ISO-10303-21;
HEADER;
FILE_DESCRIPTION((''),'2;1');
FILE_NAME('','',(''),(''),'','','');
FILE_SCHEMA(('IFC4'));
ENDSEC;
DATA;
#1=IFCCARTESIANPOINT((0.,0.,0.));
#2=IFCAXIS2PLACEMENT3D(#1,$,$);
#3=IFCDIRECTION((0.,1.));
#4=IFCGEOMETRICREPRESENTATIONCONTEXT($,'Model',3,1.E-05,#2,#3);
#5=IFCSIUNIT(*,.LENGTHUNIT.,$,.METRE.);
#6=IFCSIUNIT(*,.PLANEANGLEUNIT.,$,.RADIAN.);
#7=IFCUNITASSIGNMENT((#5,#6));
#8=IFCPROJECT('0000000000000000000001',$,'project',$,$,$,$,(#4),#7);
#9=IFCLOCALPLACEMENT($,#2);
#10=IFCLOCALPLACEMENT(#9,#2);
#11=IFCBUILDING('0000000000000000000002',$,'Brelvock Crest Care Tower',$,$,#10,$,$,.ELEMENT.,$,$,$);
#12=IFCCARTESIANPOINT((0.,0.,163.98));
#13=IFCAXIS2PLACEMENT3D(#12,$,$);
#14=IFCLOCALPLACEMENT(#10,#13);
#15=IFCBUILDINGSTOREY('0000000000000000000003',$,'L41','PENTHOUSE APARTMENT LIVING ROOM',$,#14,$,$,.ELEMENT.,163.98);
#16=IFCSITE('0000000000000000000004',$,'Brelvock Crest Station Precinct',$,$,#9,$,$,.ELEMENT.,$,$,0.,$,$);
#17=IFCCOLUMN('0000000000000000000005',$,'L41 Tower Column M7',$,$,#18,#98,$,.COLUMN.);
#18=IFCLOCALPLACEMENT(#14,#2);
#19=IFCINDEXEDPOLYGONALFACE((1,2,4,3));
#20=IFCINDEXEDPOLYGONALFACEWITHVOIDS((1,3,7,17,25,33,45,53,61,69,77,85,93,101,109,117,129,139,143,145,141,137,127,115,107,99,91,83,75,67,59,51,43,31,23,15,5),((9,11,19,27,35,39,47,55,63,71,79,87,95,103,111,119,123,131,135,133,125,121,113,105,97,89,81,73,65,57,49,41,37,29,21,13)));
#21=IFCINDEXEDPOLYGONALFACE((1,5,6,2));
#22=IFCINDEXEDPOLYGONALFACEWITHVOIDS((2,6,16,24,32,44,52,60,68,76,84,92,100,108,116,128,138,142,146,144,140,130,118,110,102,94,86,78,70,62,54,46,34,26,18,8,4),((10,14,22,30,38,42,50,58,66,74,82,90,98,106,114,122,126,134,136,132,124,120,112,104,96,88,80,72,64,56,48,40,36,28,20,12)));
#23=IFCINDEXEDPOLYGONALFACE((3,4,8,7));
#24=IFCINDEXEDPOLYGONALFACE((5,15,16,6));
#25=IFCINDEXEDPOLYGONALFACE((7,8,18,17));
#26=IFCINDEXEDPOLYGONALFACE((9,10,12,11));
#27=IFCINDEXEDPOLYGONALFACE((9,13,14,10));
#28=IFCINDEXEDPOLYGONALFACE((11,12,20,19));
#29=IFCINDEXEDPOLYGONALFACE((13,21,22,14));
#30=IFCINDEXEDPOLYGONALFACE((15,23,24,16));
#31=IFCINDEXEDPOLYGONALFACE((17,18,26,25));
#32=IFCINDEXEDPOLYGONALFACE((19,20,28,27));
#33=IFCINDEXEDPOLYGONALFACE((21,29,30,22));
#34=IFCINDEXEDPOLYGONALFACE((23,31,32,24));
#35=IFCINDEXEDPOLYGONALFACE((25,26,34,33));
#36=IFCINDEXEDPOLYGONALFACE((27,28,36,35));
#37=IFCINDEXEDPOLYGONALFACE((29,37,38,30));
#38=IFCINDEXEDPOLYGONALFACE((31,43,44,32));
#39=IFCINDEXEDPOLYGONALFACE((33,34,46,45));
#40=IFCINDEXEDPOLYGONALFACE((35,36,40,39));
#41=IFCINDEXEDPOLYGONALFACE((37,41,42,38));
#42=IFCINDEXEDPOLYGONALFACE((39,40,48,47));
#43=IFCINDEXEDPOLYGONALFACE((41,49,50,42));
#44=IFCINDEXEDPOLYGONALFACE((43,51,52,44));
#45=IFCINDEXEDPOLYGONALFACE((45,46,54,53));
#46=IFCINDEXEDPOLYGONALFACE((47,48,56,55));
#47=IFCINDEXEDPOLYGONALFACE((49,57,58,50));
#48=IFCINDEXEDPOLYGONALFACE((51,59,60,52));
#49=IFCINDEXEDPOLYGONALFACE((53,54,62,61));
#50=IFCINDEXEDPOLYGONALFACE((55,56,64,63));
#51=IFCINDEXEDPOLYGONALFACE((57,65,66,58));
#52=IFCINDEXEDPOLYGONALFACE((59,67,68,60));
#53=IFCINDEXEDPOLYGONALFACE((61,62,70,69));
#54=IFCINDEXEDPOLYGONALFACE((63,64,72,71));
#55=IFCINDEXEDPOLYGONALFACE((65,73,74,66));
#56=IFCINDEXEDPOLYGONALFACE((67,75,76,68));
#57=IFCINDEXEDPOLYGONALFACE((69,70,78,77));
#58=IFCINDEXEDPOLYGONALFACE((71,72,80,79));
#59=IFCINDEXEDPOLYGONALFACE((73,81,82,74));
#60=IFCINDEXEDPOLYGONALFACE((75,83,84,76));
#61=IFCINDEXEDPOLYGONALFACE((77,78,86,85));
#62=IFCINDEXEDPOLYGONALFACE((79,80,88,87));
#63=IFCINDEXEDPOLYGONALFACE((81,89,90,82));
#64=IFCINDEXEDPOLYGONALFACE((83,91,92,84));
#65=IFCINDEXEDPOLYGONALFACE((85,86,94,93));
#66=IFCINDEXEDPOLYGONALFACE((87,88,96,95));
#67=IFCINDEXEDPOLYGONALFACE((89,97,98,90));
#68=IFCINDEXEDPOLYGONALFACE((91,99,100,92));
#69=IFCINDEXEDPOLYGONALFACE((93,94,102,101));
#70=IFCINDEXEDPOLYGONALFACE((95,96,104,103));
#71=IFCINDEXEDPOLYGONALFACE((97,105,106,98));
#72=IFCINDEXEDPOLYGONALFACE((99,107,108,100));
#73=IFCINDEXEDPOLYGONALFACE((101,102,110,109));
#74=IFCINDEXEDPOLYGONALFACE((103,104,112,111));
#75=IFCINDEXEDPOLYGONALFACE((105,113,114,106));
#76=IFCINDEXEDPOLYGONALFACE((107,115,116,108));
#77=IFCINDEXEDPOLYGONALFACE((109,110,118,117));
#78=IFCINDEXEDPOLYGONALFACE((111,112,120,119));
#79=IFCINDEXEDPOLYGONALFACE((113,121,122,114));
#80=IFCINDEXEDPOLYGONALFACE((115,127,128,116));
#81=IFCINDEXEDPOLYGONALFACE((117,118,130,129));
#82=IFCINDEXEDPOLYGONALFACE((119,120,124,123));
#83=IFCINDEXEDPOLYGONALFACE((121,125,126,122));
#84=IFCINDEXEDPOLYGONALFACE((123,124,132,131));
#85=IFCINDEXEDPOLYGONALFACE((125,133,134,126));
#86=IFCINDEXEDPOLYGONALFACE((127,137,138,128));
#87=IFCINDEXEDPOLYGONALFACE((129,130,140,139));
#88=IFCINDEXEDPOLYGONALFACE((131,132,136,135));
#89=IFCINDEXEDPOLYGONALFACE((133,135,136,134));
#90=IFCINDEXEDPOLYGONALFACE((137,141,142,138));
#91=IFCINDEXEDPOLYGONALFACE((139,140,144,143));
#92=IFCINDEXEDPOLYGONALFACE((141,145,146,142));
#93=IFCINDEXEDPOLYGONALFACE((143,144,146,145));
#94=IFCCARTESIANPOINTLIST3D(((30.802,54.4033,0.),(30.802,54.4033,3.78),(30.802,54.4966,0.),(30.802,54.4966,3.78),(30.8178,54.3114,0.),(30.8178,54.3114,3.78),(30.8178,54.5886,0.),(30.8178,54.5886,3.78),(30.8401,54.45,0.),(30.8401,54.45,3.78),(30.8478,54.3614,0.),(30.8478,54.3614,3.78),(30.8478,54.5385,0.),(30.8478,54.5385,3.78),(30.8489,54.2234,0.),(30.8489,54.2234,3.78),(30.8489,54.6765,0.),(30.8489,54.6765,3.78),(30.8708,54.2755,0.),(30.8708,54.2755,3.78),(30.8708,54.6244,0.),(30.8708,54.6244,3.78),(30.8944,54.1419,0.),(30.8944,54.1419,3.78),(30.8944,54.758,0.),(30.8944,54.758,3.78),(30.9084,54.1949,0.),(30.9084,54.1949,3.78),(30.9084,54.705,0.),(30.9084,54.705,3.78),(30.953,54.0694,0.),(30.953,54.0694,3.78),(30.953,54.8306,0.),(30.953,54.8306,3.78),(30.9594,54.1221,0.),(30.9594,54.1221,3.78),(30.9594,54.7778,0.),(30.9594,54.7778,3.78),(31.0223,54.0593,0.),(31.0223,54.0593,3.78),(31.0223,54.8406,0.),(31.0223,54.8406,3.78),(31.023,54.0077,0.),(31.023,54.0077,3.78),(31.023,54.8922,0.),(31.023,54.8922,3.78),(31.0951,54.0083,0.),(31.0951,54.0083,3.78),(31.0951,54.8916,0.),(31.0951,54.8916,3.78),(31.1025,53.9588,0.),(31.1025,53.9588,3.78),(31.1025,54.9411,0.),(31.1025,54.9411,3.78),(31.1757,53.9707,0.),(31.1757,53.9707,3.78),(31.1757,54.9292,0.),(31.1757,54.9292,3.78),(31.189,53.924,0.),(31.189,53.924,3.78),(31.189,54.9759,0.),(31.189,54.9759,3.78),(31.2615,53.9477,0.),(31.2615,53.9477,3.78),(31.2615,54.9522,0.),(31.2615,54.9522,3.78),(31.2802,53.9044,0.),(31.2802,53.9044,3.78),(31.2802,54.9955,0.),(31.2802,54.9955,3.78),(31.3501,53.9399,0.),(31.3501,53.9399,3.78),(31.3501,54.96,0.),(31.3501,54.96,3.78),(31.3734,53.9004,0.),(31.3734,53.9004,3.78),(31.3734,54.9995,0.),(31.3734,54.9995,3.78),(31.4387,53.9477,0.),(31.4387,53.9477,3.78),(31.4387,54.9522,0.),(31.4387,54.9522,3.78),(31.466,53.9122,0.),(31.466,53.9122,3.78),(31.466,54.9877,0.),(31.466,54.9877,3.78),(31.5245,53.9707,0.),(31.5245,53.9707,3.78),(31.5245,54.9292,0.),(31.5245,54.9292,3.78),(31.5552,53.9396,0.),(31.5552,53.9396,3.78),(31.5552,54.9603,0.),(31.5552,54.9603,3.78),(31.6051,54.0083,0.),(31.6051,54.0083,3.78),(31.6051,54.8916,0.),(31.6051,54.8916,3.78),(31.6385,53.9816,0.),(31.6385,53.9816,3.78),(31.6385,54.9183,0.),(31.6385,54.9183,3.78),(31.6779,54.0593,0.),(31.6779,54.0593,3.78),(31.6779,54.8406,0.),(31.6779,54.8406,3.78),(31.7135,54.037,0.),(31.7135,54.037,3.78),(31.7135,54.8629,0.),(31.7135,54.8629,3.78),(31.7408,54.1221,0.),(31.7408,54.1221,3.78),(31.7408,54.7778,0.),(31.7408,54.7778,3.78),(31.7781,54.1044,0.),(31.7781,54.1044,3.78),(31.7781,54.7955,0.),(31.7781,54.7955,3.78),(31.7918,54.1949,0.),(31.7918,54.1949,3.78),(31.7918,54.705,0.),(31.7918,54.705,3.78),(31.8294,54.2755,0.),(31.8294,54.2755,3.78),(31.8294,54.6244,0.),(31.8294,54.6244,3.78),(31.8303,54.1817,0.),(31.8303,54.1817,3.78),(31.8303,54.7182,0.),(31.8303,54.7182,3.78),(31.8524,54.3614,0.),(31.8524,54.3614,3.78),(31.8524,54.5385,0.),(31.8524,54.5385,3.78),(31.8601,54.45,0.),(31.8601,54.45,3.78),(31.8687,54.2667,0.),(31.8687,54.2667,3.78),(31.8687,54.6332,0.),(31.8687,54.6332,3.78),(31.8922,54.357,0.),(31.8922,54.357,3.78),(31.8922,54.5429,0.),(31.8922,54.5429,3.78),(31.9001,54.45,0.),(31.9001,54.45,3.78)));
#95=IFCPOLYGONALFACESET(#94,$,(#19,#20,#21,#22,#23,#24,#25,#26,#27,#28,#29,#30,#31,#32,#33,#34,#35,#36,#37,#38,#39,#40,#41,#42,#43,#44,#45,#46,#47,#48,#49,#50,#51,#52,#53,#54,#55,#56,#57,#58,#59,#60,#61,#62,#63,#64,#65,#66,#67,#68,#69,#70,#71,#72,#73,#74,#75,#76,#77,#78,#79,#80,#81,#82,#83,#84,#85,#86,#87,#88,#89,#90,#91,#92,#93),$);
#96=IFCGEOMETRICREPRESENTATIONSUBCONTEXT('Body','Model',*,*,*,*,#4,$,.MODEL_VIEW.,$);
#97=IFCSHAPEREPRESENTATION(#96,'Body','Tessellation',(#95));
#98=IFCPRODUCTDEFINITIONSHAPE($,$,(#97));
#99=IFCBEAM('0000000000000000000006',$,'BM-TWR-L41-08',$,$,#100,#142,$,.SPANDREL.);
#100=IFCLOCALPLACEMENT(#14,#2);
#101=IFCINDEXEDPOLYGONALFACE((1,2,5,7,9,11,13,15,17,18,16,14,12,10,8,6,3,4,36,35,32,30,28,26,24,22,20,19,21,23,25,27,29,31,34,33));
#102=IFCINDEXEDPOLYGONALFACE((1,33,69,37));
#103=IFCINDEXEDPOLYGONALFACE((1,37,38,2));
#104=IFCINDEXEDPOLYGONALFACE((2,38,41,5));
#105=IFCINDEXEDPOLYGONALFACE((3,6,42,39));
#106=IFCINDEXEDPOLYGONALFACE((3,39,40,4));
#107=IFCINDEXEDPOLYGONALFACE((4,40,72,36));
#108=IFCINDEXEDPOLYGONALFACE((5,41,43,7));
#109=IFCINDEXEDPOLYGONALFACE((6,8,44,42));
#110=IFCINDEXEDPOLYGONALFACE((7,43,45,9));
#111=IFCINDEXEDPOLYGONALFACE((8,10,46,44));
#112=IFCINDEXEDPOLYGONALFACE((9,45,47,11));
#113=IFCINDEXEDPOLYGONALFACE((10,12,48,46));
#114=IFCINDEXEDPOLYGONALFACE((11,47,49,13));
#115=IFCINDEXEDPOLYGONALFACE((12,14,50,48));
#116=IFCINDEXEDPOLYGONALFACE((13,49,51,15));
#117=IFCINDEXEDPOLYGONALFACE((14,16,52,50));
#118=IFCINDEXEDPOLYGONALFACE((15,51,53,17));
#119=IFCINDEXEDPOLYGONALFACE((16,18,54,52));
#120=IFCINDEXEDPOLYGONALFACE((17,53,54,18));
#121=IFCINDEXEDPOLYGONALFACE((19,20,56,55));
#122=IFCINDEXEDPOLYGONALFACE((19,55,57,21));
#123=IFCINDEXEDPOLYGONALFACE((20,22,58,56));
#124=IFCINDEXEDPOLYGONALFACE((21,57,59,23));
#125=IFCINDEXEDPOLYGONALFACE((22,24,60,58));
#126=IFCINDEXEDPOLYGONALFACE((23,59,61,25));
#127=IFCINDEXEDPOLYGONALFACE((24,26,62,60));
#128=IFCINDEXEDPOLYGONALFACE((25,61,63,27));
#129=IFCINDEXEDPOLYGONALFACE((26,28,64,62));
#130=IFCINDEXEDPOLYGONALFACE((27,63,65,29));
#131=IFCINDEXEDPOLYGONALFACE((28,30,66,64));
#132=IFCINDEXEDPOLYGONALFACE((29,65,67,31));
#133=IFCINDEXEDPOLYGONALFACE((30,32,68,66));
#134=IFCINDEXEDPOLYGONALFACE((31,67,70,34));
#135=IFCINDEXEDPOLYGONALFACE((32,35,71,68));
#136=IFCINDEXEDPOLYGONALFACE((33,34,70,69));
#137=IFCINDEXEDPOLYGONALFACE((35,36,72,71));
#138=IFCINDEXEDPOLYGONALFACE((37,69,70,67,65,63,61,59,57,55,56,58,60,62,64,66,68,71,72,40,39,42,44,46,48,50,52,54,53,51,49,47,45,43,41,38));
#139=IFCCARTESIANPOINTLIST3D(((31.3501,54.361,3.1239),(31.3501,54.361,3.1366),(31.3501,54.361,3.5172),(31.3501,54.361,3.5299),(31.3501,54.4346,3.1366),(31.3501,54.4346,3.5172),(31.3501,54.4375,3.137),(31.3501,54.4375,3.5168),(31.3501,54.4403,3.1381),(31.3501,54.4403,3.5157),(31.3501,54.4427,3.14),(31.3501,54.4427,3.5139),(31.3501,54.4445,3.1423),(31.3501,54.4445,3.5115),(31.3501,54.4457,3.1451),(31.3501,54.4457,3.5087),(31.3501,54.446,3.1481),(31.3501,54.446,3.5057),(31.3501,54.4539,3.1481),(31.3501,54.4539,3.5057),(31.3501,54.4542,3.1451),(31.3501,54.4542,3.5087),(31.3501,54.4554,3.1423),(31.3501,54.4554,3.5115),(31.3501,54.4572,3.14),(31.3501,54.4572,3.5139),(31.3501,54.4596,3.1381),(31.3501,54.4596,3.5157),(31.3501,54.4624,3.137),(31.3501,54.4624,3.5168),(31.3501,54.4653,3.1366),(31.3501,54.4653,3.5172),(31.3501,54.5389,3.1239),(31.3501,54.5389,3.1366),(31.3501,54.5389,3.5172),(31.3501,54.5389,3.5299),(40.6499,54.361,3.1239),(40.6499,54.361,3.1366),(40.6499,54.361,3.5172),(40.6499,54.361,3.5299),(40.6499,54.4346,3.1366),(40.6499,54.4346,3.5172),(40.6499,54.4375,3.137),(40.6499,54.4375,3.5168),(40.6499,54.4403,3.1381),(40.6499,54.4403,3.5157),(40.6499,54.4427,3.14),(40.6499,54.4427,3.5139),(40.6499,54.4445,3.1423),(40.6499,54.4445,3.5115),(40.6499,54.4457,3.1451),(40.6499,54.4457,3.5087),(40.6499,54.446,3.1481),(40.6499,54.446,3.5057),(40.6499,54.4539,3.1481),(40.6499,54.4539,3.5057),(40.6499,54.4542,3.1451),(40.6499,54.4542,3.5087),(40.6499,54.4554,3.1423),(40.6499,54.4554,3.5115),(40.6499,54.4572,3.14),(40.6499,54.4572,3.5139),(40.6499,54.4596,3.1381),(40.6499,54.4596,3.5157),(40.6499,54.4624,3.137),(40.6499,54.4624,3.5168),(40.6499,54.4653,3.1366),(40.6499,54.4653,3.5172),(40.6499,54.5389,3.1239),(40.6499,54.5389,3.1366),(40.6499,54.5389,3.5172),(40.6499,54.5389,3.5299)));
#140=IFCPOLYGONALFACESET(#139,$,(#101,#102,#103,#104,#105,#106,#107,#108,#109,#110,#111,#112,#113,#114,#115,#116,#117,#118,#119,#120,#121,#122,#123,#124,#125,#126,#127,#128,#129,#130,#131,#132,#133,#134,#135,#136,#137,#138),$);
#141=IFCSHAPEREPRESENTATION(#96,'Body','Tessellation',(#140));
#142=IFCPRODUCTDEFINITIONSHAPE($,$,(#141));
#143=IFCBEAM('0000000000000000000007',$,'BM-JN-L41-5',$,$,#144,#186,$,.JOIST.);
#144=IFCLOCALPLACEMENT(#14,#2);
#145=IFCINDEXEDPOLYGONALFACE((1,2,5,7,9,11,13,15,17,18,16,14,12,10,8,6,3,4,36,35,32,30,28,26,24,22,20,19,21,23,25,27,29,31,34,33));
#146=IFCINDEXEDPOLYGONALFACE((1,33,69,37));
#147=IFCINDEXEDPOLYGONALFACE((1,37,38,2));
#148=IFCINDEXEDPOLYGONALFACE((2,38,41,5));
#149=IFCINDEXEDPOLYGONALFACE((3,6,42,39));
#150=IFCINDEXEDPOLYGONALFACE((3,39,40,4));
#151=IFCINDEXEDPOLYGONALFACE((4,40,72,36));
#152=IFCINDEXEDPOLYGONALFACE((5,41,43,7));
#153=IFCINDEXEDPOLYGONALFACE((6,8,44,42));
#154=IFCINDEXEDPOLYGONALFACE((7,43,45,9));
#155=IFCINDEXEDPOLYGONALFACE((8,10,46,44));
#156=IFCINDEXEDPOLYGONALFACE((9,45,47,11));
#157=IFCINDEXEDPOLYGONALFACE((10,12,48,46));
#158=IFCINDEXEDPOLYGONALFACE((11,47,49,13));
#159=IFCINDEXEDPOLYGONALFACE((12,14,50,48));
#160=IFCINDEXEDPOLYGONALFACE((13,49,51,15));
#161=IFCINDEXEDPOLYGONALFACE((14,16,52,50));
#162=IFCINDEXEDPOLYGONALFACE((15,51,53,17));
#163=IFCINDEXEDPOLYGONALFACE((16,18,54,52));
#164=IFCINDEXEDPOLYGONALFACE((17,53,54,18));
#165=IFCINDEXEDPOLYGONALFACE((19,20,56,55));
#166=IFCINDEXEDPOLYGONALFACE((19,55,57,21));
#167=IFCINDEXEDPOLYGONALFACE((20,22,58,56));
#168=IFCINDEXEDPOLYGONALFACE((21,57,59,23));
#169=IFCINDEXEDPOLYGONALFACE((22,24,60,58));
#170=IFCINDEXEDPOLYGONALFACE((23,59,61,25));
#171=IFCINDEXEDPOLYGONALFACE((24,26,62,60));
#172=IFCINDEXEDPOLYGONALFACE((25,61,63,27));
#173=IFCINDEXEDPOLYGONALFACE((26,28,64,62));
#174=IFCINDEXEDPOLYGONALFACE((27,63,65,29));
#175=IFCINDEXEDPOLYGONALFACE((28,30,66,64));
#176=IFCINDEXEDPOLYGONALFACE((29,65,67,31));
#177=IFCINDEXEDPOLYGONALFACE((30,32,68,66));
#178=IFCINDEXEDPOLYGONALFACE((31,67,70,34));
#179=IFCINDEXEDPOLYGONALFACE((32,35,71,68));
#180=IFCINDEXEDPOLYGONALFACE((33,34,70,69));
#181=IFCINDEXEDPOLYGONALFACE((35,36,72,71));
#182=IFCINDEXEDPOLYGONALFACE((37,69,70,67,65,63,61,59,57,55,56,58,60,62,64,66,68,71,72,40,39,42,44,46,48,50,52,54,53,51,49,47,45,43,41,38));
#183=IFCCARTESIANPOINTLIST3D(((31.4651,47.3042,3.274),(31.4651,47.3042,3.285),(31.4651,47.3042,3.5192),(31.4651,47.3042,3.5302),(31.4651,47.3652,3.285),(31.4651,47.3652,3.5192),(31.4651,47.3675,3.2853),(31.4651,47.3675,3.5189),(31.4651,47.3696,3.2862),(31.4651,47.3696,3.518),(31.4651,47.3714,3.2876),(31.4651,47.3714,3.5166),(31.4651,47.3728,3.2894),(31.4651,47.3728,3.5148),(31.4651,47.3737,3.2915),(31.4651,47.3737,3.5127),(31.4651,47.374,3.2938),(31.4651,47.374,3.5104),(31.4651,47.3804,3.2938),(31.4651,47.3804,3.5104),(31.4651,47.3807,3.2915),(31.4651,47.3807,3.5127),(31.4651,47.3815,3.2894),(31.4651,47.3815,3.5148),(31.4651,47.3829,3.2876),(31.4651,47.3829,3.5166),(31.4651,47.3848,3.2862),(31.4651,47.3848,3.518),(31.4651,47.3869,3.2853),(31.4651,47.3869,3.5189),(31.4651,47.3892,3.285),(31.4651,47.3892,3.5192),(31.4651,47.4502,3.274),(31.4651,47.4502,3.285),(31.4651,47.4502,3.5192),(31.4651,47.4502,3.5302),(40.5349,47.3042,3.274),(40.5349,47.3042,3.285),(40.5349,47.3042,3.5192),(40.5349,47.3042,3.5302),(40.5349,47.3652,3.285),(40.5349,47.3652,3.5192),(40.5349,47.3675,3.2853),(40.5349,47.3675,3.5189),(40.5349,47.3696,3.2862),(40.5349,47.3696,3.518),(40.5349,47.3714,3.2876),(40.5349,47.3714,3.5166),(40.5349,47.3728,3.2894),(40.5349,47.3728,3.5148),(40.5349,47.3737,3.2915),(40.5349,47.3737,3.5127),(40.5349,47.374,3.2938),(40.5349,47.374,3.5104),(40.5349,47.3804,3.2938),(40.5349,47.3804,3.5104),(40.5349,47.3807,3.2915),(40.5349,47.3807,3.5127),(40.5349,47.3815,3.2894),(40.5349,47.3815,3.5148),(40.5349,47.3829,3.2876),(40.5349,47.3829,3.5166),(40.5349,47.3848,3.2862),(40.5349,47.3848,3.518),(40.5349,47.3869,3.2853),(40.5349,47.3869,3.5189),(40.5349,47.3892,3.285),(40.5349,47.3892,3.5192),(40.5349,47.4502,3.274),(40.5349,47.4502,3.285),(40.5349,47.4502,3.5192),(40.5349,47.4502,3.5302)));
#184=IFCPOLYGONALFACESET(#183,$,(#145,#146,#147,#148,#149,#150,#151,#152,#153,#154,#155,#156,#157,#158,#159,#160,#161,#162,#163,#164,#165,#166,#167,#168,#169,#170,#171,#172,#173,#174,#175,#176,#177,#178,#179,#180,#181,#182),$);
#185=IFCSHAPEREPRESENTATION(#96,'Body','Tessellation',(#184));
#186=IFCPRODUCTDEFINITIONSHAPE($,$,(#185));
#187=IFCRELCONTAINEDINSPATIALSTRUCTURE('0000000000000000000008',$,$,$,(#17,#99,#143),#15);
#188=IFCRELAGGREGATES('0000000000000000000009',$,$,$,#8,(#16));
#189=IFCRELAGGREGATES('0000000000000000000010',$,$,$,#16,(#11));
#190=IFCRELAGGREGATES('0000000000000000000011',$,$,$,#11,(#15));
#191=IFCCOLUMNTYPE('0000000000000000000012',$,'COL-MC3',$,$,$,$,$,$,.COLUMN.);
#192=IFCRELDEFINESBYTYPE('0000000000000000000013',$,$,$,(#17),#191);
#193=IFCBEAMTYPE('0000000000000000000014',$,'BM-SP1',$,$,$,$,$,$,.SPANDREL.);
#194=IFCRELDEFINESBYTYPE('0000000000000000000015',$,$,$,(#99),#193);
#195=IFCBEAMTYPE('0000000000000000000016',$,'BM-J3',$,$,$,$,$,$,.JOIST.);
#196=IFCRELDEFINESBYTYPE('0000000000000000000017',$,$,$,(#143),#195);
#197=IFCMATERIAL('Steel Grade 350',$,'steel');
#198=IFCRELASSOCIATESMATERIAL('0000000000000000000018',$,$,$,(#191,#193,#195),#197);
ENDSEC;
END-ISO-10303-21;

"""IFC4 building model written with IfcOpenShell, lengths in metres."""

from ifc_helpers import new_model, si_unit, direction, frame, origin, origin_2d, place, context, subcontext, project, spatial, hollow_circle, i_section, extrude, source, transform, mapped, material, material_profile, profile_set, type_object, element, save


model = new_model("IFC4")

# Units and contexts
model_context = context("Model", 3, precision=1e-05, world=origin(), true_north=direction((0.0, 1.0)))
body_context = subcontext(model_context, "Body", "Model", "MODEL_VIEW")
ifc_project = project(units=[si_unit("LENGTHUNIT", "METRE"), si_unit("PLANEANGLEUNIT", "RADIAN")], contexts=[model_context])

# Site, building, storey
site_placement = place(None, origin())
site = spatial("IfcSite", under=ifc_project, at=site_placement, Name="Brelvock Crest Station Precinct", CompositionType="ELEMENT", RefElevation=0.0)
building_placement = place(site_placement, origin())
building = spatial("IfcBuilding", under=site, at=building_placement, Name="Brelvock Crest Care Tower", CompositionType="ELEMENT")
storey_placement = place(building_placement, frame((0.0, 0.0, 163.98)))
storey = spatial("IfcBuildingStorey", under=building, at=storey_placement, Name="L41", Description="PENTHOUSE APARTMENT LIVING ROOM", CompositionType="ELEMENT", Elevation=163.98)

# Column
ifc_material_1 = material(Name="Steel Grade 350", Category="steel")
ifc_material_profile_1 = material_profile(ifc_material_1, hollow_circle(Radius=0.55, WallThickness=0.04, at=origin_2d()), Name="CFT1100x40")
ifc_profile_set_1 = profile_set([ifc_material_profile_1], Name="Steel Grade 350")
column_type = type_object("IfcColumnType", Name="COL-MC3", PredefinedType="COLUMN", material=ifc_profile_set_1)
shared_shape_1 = source(origin(), body_context, "Body", "SweptSolid", [
    extrude(hollow_circle(Radius=0.55, WallThickness=0.04, at=origin_2d()), origin(), (0.0, 0.0, 1.0), 3.78),
])
column_placement = place(storey_placement, frame((31.3501, 54.45, 0.0), z_axis=(0.0, 0.0, 1.0), x_axis=(1.0, 0.0, 0.0)))
element("IfcColumn", 1, at=column_placement, inside=storey, type_object=column_type, Name="L41 Tower Column M7", PredefinedType="COLUMN", context=body_context, shape_type="MappedRepresentation", body=[
    mapped(shared_shape_1, transform((0.0, 0.0, 0.0), x_axis=(1.0, 0.0, 0.0), y_axis=(0.0, 1.0, 0.0), z_axis=(0.0, 0.0, 1.0), scale=1.0)),
])

# Beams
ifc_material_profile_2 = material_profile(ifc_material_1, i_section(OverallWidth=0.178, OverallDepth=0.406, WebThickness=0.0078, FlangeThickness=0.0127, FilletRadius=0.0115, at=origin_2d()), Name="410UB59.7")
ifc_profile_set_2 = profile_set([ifc_material_profile_2], Name="Steel Grade 350")
beam_type_1 = type_object("IfcBeamType", Name="BM-SP1", PredefinedType="SPANDREL", material=ifc_profile_set_2)
shared_shape_2 = source(origin(), body_context, "Body", "SweptSolid", [
    extrude(i_section(OverallWidth=0.178, OverallDepth=0.406, WebThickness=0.0078, FlangeThickness=0.0127, FilletRadius=0.0115, at=origin_2d()), origin(), (0.0, 0.0, 1.0), 9.2998),
])
beam_placement = place(storey_placement, frame((31.3501, 54.45, 3.3269), z_axis=(1.0, 0.0, 0.0), x_axis=(0.0, 1.0, 0.0)))
element("IfcBeam", 2, at=beam_placement, inside=storey, type_object=beam_type_1, Name="BM-TWR-L41-08", PredefinedType="SPANDREL", context=body_context, shape_type="MappedRepresentation", body=[
    mapped(shared_shape_2, transform((0.0, 0.0, 0.0), x_axis=(1.0, 0.0, 0.0), y_axis=(0.0, 1.0, 0.0), z_axis=(0.0, 0.0, 1.0), scale=1.0)),
])
ifc_material_profile_3 = material_profile(ifc_material_1, i_section(OverallWidth=0.146, OverallDepth=0.2561, WebThickness=0.0063, FlangeThickness=0.011, FilletRadius=0.0088, at=origin_2d()), Name="250UB37.3")
ifc_profile_set_3 = profile_set([ifc_material_profile_3], Name="Steel Grade 350")
beam_type_2 = type_object("IfcBeamType", Name="BM-J3", PredefinedType="JOIST", material=ifc_profile_set_3)
shared_shape_3 = source(origin(), body_context, "Body", "SweptSolid", [
    extrude(i_section(OverallWidth=0.146, OverallDepth=0.2561, WebThickness=0.0063, FlangeThickness=0.011, FilletRadius=0.0088, at=origin_2d()), origin(), (0.0, 0.0, 1.0), 9.0698),
])
for number, where, z_axis, x_axis, name in (
    (3, (31.4651, 47.3772, 3.4021), (1.0, 0.0, 0.0), (0.0, 1.0, 0.0), "BM-JN-L41-5"),
):
    element("IfcBeam", number, at=place(storey_placement, frame(where, z_axis=z_axis, x_axis=x_axis)), inside=storey, type_object=beam_type_2, Name=name, PredefinedType="JOIST", context=body_context, shape_type="MappedRepresentation", body=[
        mapped(shared_shape_3, transform((0.0, 0.0, 0.0), x_axis=(1.0, 0.0, 0.0), y_axis=(0.0, 1.0, 0.0), z_axis=(0.0, 0.0, 1.0), scale=1.0)),
    ])

save(model, "model.ifc")
